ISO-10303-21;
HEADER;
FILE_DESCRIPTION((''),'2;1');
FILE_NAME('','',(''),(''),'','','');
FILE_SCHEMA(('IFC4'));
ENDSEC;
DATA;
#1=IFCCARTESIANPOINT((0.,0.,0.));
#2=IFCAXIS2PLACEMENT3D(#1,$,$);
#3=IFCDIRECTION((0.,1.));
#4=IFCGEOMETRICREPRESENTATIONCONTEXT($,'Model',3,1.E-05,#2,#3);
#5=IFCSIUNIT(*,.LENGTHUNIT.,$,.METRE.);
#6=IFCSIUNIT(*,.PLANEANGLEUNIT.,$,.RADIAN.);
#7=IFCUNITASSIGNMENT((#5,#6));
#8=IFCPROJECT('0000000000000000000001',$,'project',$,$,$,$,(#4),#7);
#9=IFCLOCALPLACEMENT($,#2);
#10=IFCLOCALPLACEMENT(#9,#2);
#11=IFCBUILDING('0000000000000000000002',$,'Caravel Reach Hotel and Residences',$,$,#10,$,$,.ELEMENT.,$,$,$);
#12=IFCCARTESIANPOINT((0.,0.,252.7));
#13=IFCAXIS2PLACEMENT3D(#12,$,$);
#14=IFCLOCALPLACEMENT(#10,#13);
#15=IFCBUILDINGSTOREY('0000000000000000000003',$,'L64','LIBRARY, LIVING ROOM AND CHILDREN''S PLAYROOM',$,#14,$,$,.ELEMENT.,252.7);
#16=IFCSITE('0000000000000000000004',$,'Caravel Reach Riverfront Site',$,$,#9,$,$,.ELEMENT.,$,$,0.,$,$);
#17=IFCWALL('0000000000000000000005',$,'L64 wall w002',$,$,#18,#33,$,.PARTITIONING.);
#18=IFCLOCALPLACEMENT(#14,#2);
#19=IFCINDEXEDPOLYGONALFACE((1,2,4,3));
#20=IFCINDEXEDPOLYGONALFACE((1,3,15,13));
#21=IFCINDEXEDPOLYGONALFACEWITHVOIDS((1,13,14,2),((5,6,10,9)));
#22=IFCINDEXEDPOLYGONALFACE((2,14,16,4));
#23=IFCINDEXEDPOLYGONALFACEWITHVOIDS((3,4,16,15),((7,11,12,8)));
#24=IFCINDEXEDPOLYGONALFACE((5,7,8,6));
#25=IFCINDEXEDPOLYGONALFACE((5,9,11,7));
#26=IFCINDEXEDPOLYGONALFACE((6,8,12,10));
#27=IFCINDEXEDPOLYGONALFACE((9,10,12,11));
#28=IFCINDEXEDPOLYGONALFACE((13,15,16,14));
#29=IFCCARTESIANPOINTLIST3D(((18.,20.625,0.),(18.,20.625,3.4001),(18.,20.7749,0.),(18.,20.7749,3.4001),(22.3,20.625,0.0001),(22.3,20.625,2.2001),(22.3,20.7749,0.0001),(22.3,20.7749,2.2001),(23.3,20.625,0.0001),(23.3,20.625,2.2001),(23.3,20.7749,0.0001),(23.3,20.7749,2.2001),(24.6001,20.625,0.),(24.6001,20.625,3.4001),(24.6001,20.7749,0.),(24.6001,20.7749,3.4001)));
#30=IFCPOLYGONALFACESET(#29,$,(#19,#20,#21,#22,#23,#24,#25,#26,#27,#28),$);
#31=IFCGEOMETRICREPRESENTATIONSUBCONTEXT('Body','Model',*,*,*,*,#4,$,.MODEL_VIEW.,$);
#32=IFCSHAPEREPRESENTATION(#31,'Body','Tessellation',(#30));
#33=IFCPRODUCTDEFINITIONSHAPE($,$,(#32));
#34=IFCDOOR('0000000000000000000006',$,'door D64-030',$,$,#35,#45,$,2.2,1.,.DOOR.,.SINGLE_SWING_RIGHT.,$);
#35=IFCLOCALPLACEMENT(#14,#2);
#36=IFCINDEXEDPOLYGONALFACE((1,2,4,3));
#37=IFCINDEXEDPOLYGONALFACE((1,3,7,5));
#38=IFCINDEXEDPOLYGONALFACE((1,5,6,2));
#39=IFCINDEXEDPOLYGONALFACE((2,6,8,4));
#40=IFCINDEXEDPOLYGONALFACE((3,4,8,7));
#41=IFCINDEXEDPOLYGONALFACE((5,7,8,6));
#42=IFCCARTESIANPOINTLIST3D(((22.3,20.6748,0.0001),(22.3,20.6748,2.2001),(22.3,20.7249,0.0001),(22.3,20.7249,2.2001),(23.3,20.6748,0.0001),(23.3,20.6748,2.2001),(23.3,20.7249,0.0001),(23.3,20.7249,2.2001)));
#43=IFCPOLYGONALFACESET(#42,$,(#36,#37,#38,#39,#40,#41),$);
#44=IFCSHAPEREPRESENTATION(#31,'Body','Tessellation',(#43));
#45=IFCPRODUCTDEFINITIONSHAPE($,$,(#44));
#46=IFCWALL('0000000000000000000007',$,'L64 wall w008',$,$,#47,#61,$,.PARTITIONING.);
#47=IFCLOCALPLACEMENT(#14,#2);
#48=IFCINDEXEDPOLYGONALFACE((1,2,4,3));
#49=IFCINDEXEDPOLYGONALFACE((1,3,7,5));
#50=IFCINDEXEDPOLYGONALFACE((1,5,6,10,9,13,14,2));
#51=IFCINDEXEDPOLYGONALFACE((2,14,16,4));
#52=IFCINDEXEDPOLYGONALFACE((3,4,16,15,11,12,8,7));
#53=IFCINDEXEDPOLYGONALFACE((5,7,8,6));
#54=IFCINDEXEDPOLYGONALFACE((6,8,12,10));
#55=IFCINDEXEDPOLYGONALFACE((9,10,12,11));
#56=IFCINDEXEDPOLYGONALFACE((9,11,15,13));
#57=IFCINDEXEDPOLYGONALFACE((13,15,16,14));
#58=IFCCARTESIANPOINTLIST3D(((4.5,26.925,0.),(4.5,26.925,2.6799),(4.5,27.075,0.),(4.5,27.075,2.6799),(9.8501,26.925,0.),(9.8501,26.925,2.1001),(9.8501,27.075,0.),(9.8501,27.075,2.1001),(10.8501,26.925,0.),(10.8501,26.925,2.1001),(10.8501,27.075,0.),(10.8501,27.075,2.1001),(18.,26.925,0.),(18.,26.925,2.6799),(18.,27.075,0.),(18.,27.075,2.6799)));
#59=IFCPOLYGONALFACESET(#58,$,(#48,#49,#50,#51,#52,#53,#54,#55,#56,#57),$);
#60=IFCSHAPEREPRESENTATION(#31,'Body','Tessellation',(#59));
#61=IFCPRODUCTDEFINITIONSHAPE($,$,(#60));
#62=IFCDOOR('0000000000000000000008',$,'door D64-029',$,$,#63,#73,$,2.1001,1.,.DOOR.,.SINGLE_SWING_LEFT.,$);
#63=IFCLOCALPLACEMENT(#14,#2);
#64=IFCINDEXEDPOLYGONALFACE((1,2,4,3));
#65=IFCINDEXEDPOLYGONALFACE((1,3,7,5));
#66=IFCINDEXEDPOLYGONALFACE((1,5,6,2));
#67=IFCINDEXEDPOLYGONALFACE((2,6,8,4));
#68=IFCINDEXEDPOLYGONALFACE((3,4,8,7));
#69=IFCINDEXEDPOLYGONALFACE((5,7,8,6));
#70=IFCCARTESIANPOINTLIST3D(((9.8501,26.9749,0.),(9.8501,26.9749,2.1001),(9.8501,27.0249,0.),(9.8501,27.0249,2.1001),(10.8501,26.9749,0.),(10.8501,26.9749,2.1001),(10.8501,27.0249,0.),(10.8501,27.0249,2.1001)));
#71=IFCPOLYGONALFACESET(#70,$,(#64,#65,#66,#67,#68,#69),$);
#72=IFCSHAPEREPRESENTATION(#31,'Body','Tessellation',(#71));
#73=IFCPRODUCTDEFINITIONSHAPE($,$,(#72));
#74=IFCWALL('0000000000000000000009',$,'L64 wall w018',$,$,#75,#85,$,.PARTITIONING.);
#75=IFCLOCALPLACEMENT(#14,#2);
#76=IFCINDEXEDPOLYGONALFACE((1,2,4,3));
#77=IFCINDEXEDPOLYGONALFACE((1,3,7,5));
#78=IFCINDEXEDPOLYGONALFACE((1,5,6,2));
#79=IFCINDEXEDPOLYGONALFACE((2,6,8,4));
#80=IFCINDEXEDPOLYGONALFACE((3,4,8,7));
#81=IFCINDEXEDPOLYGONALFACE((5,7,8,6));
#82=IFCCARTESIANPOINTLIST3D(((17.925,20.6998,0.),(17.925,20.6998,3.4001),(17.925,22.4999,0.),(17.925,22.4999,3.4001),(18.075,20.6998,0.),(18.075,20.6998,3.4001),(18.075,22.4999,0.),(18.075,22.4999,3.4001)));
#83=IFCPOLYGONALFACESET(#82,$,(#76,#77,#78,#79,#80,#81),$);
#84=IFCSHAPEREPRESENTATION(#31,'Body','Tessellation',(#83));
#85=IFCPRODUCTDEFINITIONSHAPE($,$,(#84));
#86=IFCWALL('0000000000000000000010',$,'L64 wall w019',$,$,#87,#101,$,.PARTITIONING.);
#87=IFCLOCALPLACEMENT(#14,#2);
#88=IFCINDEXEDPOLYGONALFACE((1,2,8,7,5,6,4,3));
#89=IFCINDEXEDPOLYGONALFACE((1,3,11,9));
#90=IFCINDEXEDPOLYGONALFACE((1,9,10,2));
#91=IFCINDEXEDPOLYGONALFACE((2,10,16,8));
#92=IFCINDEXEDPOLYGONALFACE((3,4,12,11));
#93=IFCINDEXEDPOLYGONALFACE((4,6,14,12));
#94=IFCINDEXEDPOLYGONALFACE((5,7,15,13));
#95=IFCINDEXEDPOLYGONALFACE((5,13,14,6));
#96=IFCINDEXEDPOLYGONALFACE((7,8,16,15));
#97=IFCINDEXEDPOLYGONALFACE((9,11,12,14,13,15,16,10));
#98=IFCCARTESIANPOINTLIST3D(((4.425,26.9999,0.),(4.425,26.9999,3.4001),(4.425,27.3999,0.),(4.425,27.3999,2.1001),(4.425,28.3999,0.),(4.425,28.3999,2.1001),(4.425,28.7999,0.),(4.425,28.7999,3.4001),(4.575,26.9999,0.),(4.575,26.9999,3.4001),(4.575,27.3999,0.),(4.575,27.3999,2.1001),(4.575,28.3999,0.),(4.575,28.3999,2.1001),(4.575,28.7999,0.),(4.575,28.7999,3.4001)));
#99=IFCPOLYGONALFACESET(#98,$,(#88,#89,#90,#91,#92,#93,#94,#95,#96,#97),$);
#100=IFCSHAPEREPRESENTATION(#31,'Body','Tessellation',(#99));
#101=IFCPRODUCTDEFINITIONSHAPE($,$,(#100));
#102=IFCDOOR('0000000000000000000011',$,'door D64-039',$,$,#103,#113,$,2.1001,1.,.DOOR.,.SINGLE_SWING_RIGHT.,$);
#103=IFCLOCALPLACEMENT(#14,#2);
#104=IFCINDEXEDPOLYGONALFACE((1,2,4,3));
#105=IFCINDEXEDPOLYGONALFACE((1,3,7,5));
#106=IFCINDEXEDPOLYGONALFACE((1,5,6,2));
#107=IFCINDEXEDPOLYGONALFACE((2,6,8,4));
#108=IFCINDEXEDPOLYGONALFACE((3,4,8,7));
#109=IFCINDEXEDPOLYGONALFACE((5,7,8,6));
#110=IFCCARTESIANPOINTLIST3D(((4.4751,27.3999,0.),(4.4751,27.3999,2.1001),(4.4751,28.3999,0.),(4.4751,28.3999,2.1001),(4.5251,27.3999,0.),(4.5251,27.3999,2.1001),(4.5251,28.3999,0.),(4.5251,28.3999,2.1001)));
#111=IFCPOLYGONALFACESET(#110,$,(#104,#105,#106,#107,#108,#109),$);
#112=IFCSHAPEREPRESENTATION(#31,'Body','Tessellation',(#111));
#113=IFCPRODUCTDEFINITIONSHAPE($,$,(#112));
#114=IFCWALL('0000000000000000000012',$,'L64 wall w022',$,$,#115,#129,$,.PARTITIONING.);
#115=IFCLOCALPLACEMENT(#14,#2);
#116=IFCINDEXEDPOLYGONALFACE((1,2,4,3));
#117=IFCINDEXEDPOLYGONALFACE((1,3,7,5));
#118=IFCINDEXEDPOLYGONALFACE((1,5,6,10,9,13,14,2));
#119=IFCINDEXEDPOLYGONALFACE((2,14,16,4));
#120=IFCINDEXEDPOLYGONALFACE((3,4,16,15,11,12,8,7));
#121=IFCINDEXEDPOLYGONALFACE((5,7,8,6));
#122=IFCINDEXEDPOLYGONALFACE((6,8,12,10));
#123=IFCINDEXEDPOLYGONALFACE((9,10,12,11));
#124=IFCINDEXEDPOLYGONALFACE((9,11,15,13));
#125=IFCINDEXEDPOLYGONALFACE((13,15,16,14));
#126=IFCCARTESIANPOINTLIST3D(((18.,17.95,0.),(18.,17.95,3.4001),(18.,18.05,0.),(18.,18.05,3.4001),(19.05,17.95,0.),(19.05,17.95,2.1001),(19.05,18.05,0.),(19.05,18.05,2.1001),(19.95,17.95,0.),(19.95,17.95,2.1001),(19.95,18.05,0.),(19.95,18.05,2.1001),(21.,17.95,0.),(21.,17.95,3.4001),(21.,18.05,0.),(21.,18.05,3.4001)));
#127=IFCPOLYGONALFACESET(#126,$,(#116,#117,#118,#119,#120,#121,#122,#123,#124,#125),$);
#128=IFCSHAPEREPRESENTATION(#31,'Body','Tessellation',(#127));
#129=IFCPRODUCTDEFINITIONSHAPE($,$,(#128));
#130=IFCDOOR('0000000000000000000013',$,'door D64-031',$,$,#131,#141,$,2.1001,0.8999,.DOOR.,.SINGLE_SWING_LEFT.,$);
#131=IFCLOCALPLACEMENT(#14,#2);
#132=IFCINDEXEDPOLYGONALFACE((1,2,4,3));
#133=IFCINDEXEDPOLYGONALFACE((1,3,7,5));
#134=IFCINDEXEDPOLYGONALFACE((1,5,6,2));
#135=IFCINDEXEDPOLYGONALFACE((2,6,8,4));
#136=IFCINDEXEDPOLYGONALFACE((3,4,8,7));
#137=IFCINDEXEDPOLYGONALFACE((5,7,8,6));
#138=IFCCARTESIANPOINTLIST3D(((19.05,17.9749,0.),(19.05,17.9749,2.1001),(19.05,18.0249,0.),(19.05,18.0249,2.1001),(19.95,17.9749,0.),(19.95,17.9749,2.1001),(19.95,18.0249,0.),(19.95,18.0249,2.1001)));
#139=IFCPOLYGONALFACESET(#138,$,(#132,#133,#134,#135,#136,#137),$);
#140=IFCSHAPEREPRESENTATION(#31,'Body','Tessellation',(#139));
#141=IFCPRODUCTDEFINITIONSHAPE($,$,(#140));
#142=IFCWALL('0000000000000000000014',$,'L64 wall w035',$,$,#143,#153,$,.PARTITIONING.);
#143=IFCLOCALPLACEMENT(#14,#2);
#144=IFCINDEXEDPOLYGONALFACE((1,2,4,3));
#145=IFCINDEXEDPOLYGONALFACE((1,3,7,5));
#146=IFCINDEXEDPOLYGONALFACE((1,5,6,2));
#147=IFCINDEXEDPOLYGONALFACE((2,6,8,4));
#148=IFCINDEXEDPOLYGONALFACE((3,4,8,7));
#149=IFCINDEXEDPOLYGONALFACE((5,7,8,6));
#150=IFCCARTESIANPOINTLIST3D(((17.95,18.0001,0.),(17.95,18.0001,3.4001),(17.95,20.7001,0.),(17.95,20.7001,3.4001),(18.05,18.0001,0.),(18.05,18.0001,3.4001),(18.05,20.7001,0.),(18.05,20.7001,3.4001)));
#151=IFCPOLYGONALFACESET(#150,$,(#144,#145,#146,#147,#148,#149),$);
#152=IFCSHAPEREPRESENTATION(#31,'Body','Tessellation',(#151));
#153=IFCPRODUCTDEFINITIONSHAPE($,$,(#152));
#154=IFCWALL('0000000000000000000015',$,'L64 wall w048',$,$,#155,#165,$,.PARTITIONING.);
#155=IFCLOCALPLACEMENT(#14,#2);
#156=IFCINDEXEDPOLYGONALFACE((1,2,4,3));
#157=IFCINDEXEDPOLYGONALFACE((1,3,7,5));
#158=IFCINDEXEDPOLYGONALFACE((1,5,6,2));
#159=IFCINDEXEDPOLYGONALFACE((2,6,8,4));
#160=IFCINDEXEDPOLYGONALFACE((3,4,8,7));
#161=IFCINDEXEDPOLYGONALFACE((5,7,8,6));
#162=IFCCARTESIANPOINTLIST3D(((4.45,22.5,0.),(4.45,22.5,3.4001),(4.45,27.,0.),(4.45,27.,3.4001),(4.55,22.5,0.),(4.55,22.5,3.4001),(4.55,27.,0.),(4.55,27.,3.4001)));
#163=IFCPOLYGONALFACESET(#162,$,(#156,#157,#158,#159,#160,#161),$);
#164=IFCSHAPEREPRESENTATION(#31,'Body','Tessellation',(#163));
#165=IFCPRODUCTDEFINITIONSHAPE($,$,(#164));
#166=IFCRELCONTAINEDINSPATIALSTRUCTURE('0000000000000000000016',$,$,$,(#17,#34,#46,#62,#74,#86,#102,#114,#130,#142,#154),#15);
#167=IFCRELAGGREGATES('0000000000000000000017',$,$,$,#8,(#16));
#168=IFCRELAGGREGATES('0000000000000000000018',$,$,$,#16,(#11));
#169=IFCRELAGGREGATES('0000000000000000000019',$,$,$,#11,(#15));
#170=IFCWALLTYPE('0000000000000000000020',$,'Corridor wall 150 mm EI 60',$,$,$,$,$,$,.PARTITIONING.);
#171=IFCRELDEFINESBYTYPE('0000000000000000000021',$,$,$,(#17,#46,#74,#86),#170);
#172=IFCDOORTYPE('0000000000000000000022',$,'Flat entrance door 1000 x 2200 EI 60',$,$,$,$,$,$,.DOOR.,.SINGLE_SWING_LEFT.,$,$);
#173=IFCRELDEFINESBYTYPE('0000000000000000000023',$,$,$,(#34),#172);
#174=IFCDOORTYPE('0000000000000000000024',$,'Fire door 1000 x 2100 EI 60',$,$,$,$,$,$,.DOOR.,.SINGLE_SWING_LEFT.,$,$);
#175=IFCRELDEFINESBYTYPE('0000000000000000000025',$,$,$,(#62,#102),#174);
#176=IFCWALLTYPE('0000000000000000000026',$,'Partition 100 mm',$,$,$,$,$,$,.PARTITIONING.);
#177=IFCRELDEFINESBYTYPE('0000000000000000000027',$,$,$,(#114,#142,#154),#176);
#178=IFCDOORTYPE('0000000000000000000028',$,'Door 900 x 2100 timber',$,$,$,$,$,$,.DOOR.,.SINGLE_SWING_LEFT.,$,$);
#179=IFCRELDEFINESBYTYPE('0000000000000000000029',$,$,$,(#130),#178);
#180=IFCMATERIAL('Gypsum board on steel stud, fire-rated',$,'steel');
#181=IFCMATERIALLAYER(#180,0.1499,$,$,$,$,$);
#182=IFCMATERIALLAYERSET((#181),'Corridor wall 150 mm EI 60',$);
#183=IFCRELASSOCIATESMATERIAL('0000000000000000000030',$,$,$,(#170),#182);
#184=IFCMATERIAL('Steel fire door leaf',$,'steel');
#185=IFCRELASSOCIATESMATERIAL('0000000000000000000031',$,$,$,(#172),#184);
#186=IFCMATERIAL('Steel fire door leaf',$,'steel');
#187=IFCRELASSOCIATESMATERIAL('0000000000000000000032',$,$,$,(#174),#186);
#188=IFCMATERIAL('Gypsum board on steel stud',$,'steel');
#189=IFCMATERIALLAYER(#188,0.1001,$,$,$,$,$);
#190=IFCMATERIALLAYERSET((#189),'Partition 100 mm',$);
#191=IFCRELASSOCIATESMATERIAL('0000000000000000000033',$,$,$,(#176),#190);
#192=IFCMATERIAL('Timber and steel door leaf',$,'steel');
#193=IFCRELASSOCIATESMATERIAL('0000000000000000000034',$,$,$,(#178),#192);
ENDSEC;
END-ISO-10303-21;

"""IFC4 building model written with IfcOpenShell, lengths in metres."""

from ifc_helpers import new_model, si_unit, direction, frame, frame_2d, origin, place, context, subcontext, project, spatial, rectangle, extrude, material, layer, layer_set, type_object, element, fill, save


model = new_model("IFC4")

# Units and contexts
model_context = context("Model", 3, precision=1e-05, world=origin(), true_north=direction((0.0, 1.0)))
body_context = subcontext(model_context, "Body", "Model", "MODEL_VIEW")
ifc_project = project(units=[si_unit("LENGTHUNIT", "METRE"), si_unit("PLANEANGLEUNIT", "RADIAN")], contexts=[model_context])

# Site, building, storey
site_placement = place(None, origin())
site = spatial("IfcSite", under=ifc_project, at=site_placement, Name="Caravel Reach Riverfront Site", CompositionType="ELEMENT", RefElevation=0.0)
building_placement = place(site_placement, origin())
building = spatial("IfcBuilding", under=site, at=building_placement, Name="Caravel Reach Hotel and Residences", CompositionType="ELEMENT")
storey_placement = place(building_placement, frame((0.0, 0.0, 252.7)))
storey = spatial("IfcBuildingStorey", under=building, at=storey_placement, Name="L64", Description="LIBRARY, LIVING ROOM AND CHILDREN'S PLAYROOM", CompositionType="ELEMENT", Elevation=252.7)

# Walls, openings, doors
ifc_material_1 = material(Name="Gypsum board on steel stud, fire-rated", Category="steel")
ifc_layer_1 = layer(ifc_material_1, 0.1499)
ifc_layer_set_1 = layer_set([ifc_layer_1], Name="Corridor wall 150 mm EI 60")
wall_type_1 = type_object("IfcWallType", Name="Corridor wall 150 mm EI 60", PredefinedType="PARTITIONING", material=ifc_layer_set_1)
wall_1_placement = place(storey_placement, frame((18.0, 20.7, 0.0), z_axis=(0.0, 0.0, 1.0), x_axis=(1.0, 0.0, 0.0)))
wall_1 = element("IfcWall", 1, at=wall_1_placement, inside=storey, type_object=wall_type_1, Name="L64 wall w002", PredefinedType="PARTITIONING", context=body_context, shape_type="SweptSolid", body=[
    extrude(rectangle(XDim=6.6001, YDim=0.1499, at=frame_2d((3.3, 0.0))), origin(), (0.0, 0.0, 1.0), 3.4001),
])
opening_1_placement = place(wall_1_placement, frame((4.3, 0.0, 0.0)))
opening_1 = element("IfcOpeningElement", 2, at=opening_1_placement, cuts=wall_1, PredefinedType="OPENING", context=body_context, shape_type="SweptSolid", body=[
    extrude(rectangle(XDim=1.0, YDim=2.2, at=frame_2d((0.5, 1.1001))), frame((0.0, 0.085, 0.0), z_axis=(0.0, -1.0, 0.0), x_axis=(1.0, 0.0, 0.0)), (0.0, 0.0, 1.0), 0.1699),
])
ifc_material_2 = material(Name="Steel fire door leaf", Category="steel")
door_type_1 = type_object("IfcDoorType", Name="Flat entrance door 1000 x 2200 EI 60", OperationType="SINGLE_SWING_LEFT", PredefinedType="DOOR", material=ifc_material_2)
door_1_placement = place(opening_1_placement, origin())
door_1 = element("IfcDoor", 3, at=door_1_placement, inside=storey, type_object=door_type_1, Name="door D64-030", OperationType="SINGLE_SWING_RIGHT", OverallHeight=2.2, OverallWidth=1.0, PredefinedType="DOOR", context=body_context, shape_type="SweptSolid", body=[
    extrude(rectangle(XDim=1.0, YDim=2.2, at=frame_2d((0.5, 1.1001))), frame((0.0, 0.0249, 0.0), z_axis=(0.0, -1.0, 0.0), x_axis=(1.0, 0.0, 0.0)), (0.0, 0.0, 1.0), 0.05),
])
fill(opening_1, door_1)
wall_2_placement = place(storey_placement, frame((4.5, 27.0, 0.0), z_axis=(0.0, 0.0, 1.0), x_axis=(1.0, 0.0, 0.0)))
wall_2 = element("IfcWall", 4, at=wall_2_placement, inside=storey, type_object=wall_type_1, Name="L64 wall w008", PredefinedType="PARTITIONING", context=body_context, shape_type="SweptSolid", body=[
    extrude(rectangle(XDim=13.5, YDim=0.1499, at=frame_2d((6.75, 0.0))), origin(), (0.0, 0.0, 1.0), 2.6799),
])
opening_2_placement = place(wall_2_placement, frame((5.3501, 0.0, 0.0)))
opening_2 = element("IfcOpeningElement", 5, at=opening_2_placement, cuts=wall_2, PredefinedType="OPENING", context=body_context, shape_type="SweptSolid", body=[
    extrude(rectangle(XDim=1.0, YDim=2.1001, at=frame_2d((0.5, 1.05))), frame((0.0, 0.085, 0.0), z_axis=(0.0, -1.0, 0.0), x_axis=(1.0, 0.0, 0.0)), (0.0, 0.0, 1.0), 0.1699),
])
ifc_material_3 = material(Name="Steel fire door leaf", Category="steel")
door_type_2 = type_object("IfcDoorType", Name="Fire door 1000 x 2100 EI 60", OperationType="SINGLE_SWING_LEFT", PredefinedType="DOOR", material=ifc_material_3)
door_2_placement = place(opening_2_placement, origin())
door_2 = element("IfcDoor", 6, at=door_2_placement, inside=storey, type_object=door_type_2, Name="door D64-029", OperationType="SINGLE_SWING_LEFT", OverallHeight=2.1001, OverallWidth=1.0, PredefinedType="DOOR", context=body_context, shape_type="SweptSolid", body=[
    extrude(rectangle(XDim=1.0, YDim=2.1001, at=frame_2d((0.5, 1.05))), frame((0.0, 0.0249, 0.0), z_axis=(0.0, -1.0, 0.0), x_axis=(1.0, 0.0, 0.0)), (0.0, 0.0, 1.0), 0.05),
])
fill(opening_2, door_2)

# Wall
wall_3_placement = place(storey_placement, frame((18.0, 20.7, 0.0), z_axis=(0.0, 0.0, 1.0), x_axis=(0.0, 1.0, 0.0)))
element("IfcWall", 7, at=wall_3_placement, inside=storey, type_object=wall_type_1, Name="L64 wall w018", PredefinedType="PARTITIONING", context=body_context, shape_type="SweptSolid", body=[
    extrude(rectangle(XDim=1.8, YDim=0.1499, at=frame_2d((0.8999, 0.0))), origin(), (0.0, 0.0, 1.0), 3.4001),
])

# Walls, openings, doors
wall_4_placement = place(storey_placement, frame((4.5, 27.0, 0.0), z_axis=(0.0, 0.0, 1.0), x_axis=(0.0, 1.0, 0.0)))
wall_4 = element("IfcWall", 8, at=wall_4_placement, inside=storey, type_object=wall_type_1, Name="L64 wall w019", PredefinedType="PARTITIONING", context=body_context, shape_type="SweptSolid", body=[
    extrude(rectangle(XDim=1.8, YDim=0.1499, at=frame_2d((0.8999, 0.0))), origin(), (0.0, 0.0, 1.0), 3.4001),
])
opening_3_placement = place(wall_4_placement, frame((0.3999, 0.0, 0.0)))
opening_3 = element("IfcOpeningElement", 9, at=opening_3_placement, cuts=wall_4, PredefinedType="OPENING", context=body_context, shape_type="SweptSolid", body=[
    extrude(rectangle(XDim=1.0, YDim=2.1001, at=frame_2d((0.5, 1.05))), frame((0.0, 0.085, 0.0), z_axis=(0.0, -1.0, 0.0), x_axis=(1.0, 0.0, 0.0)), (0.0, 0.0, 1.0), 0.1699),
])
door_3_placement = place(opening_3_placement, origin())
door_3 = element("IfcDoor", 10, at=door_3_placement, inside=storey, type_object=door_type_2, Name="door D64-039", OperationType="SINGLE_SWING_RIGHT", OverallHeight=2.1001, OverallWidth=1.0, PredefinedType="DOOR", context=body_context, shape_type="SweptSolid", body=[
    extrude(rectangle(XDim=1.0, YDim=2.1001, at=frame_2d((0.5, 1.05))), frame((0.0, 0.0249, 0.0), z_axis=(0.0, -1.0, 0.0), x_axis=(1.0, 0.0, 0.0)), (0.0, 0.0, 1.0), 0.05),
])
fill(opening_3, door_3)
ifc_material_4 = material(Name="Gypsum board on steel stud", Category="steel")
ifc_layer_2 = layer(ifc_material_4, 0.1001)
ifc_layer_set_2 = layer_set([ifc_layer_2], Name="Partition 100 mm")
wall_type_2 = type_object("IfcWallType", Name="Partition 100 mm", PredefinedType="PARTITIONING", material=ifc_layer_set_2)
wall_5_placement = place(storey_placement, frame((18.0, 18.0, 0.0), z_axis=(0.0, 0.0, 1.0), x_axis=(1.0, 0.0, 0.0)))
wall_5 = element("IfcWall", 11, at=wall_5_placement, inside=storey, type_object=wall_type_2, Name="L64 wall w022", PredefinedType="PARTITIONING", context=body_context, shape_type="SweptSolid", body=[
    extrude(rectangle(XDim=3.0, YDim=0.1001, at=frame_2d((1.5, 0.0))), origin(), (0.0, 0.0, 1.0), 3.4001),
])
opening_4_placement = place(wall_5_placement, frame((1.05, 0.0, 0.0)))
opening_4 = element("IfcOpeningElement", 12, at=opening_4_placement, cuts=wall_5, PredefinedType="OPENING", context=body_context, shape_type="SweptSolid", body=[
    extrude(rectangle(XDim=0.8999, YDim=2.1001, at=frame_2d((0.45, 1.05))), frame((0.0, 0.0601, 0.0), z_axis=(0.0, -1.0, 0.0), x_axis=(1.0, 0.0, 0.0)), (0.0, 0.0, 1.0), 0.1201),
])
ifc_material_5 = material(Name="Timber and steel door leaf", Category="steel")
door_type_3 = type_object("IfcDoorType", Name="Door 900 x 2100 timber", OperationType="SINGLE_SWING_LEFT", PredefinedType="DOOR", material=ifc_material_5)
door_4_placement = place(opening_4_placement, origin())
door_4 = element("IfcDoor", 13, at=door_4_placement, inside=storey, type_object=door_type_3, Name="door D64-031", OperationType="SINGLE_SWING_LEFT", OverallHeight=2.1001, OverallWidth=0.8999, PredefinedType="DOOR", context=body_context, shape_type="SweptSolid", body=[
    extrude(rectangle(XDim=0.8999, YDim=2.1001, at=frame_2d((0.45, 1.05))), frame((0.0, 0.0249, 0.0), z_axis=(0.0, -1.0, 0.0), x_axis=(1.0, 0.0, 0.0)), (0.0, 0.0, 1.0), 0.05),
])
fill(opening_4, door_4)

# Walls
wall_6_placement = place(storey_placement, frame((18.0, 18.0, 0.0), z_axis=(0.0, 0.0, 1.0), x_axis=(0.0, 1.0, 0.0)))
element("IfcWall", 14, at=wall_6_placement, inside=storey, type_object=wall_type_2, Name="L64 wall w035", PredefinedType="PARTITIONING", context=body_context, shape_type="SweptSolid", body=[
    extrude(rectangle(XDim=2.7, YDim=0.1001, at=frame_2d((1.3501, 0.0))), origin(), (0.0, 0.0, 1.0), 3.4001),
])
wall_7_placement = place(storey_placement, frame((4.5, 22.5, 0.0), z_axis=(0.0, 0.0, 1.0), x_axis=(0.0, 1.0, 0.0)))
element("IfcWall", 15, at=wall_7_placement, inside=storey, type_object=wall_type_2, Name="L64 wall w048", PredefinedType="PARTITIONING", context=body_context, shape_type="SweptSolid", body=[
    extrude(rectangle(XDim=4.5, YDim=0.1001, at=frame_2d((2.25, 0.0))), origin(), (0.0, 0.0, 1.0), 3.4001),
])

save(model, "model.ifc")
